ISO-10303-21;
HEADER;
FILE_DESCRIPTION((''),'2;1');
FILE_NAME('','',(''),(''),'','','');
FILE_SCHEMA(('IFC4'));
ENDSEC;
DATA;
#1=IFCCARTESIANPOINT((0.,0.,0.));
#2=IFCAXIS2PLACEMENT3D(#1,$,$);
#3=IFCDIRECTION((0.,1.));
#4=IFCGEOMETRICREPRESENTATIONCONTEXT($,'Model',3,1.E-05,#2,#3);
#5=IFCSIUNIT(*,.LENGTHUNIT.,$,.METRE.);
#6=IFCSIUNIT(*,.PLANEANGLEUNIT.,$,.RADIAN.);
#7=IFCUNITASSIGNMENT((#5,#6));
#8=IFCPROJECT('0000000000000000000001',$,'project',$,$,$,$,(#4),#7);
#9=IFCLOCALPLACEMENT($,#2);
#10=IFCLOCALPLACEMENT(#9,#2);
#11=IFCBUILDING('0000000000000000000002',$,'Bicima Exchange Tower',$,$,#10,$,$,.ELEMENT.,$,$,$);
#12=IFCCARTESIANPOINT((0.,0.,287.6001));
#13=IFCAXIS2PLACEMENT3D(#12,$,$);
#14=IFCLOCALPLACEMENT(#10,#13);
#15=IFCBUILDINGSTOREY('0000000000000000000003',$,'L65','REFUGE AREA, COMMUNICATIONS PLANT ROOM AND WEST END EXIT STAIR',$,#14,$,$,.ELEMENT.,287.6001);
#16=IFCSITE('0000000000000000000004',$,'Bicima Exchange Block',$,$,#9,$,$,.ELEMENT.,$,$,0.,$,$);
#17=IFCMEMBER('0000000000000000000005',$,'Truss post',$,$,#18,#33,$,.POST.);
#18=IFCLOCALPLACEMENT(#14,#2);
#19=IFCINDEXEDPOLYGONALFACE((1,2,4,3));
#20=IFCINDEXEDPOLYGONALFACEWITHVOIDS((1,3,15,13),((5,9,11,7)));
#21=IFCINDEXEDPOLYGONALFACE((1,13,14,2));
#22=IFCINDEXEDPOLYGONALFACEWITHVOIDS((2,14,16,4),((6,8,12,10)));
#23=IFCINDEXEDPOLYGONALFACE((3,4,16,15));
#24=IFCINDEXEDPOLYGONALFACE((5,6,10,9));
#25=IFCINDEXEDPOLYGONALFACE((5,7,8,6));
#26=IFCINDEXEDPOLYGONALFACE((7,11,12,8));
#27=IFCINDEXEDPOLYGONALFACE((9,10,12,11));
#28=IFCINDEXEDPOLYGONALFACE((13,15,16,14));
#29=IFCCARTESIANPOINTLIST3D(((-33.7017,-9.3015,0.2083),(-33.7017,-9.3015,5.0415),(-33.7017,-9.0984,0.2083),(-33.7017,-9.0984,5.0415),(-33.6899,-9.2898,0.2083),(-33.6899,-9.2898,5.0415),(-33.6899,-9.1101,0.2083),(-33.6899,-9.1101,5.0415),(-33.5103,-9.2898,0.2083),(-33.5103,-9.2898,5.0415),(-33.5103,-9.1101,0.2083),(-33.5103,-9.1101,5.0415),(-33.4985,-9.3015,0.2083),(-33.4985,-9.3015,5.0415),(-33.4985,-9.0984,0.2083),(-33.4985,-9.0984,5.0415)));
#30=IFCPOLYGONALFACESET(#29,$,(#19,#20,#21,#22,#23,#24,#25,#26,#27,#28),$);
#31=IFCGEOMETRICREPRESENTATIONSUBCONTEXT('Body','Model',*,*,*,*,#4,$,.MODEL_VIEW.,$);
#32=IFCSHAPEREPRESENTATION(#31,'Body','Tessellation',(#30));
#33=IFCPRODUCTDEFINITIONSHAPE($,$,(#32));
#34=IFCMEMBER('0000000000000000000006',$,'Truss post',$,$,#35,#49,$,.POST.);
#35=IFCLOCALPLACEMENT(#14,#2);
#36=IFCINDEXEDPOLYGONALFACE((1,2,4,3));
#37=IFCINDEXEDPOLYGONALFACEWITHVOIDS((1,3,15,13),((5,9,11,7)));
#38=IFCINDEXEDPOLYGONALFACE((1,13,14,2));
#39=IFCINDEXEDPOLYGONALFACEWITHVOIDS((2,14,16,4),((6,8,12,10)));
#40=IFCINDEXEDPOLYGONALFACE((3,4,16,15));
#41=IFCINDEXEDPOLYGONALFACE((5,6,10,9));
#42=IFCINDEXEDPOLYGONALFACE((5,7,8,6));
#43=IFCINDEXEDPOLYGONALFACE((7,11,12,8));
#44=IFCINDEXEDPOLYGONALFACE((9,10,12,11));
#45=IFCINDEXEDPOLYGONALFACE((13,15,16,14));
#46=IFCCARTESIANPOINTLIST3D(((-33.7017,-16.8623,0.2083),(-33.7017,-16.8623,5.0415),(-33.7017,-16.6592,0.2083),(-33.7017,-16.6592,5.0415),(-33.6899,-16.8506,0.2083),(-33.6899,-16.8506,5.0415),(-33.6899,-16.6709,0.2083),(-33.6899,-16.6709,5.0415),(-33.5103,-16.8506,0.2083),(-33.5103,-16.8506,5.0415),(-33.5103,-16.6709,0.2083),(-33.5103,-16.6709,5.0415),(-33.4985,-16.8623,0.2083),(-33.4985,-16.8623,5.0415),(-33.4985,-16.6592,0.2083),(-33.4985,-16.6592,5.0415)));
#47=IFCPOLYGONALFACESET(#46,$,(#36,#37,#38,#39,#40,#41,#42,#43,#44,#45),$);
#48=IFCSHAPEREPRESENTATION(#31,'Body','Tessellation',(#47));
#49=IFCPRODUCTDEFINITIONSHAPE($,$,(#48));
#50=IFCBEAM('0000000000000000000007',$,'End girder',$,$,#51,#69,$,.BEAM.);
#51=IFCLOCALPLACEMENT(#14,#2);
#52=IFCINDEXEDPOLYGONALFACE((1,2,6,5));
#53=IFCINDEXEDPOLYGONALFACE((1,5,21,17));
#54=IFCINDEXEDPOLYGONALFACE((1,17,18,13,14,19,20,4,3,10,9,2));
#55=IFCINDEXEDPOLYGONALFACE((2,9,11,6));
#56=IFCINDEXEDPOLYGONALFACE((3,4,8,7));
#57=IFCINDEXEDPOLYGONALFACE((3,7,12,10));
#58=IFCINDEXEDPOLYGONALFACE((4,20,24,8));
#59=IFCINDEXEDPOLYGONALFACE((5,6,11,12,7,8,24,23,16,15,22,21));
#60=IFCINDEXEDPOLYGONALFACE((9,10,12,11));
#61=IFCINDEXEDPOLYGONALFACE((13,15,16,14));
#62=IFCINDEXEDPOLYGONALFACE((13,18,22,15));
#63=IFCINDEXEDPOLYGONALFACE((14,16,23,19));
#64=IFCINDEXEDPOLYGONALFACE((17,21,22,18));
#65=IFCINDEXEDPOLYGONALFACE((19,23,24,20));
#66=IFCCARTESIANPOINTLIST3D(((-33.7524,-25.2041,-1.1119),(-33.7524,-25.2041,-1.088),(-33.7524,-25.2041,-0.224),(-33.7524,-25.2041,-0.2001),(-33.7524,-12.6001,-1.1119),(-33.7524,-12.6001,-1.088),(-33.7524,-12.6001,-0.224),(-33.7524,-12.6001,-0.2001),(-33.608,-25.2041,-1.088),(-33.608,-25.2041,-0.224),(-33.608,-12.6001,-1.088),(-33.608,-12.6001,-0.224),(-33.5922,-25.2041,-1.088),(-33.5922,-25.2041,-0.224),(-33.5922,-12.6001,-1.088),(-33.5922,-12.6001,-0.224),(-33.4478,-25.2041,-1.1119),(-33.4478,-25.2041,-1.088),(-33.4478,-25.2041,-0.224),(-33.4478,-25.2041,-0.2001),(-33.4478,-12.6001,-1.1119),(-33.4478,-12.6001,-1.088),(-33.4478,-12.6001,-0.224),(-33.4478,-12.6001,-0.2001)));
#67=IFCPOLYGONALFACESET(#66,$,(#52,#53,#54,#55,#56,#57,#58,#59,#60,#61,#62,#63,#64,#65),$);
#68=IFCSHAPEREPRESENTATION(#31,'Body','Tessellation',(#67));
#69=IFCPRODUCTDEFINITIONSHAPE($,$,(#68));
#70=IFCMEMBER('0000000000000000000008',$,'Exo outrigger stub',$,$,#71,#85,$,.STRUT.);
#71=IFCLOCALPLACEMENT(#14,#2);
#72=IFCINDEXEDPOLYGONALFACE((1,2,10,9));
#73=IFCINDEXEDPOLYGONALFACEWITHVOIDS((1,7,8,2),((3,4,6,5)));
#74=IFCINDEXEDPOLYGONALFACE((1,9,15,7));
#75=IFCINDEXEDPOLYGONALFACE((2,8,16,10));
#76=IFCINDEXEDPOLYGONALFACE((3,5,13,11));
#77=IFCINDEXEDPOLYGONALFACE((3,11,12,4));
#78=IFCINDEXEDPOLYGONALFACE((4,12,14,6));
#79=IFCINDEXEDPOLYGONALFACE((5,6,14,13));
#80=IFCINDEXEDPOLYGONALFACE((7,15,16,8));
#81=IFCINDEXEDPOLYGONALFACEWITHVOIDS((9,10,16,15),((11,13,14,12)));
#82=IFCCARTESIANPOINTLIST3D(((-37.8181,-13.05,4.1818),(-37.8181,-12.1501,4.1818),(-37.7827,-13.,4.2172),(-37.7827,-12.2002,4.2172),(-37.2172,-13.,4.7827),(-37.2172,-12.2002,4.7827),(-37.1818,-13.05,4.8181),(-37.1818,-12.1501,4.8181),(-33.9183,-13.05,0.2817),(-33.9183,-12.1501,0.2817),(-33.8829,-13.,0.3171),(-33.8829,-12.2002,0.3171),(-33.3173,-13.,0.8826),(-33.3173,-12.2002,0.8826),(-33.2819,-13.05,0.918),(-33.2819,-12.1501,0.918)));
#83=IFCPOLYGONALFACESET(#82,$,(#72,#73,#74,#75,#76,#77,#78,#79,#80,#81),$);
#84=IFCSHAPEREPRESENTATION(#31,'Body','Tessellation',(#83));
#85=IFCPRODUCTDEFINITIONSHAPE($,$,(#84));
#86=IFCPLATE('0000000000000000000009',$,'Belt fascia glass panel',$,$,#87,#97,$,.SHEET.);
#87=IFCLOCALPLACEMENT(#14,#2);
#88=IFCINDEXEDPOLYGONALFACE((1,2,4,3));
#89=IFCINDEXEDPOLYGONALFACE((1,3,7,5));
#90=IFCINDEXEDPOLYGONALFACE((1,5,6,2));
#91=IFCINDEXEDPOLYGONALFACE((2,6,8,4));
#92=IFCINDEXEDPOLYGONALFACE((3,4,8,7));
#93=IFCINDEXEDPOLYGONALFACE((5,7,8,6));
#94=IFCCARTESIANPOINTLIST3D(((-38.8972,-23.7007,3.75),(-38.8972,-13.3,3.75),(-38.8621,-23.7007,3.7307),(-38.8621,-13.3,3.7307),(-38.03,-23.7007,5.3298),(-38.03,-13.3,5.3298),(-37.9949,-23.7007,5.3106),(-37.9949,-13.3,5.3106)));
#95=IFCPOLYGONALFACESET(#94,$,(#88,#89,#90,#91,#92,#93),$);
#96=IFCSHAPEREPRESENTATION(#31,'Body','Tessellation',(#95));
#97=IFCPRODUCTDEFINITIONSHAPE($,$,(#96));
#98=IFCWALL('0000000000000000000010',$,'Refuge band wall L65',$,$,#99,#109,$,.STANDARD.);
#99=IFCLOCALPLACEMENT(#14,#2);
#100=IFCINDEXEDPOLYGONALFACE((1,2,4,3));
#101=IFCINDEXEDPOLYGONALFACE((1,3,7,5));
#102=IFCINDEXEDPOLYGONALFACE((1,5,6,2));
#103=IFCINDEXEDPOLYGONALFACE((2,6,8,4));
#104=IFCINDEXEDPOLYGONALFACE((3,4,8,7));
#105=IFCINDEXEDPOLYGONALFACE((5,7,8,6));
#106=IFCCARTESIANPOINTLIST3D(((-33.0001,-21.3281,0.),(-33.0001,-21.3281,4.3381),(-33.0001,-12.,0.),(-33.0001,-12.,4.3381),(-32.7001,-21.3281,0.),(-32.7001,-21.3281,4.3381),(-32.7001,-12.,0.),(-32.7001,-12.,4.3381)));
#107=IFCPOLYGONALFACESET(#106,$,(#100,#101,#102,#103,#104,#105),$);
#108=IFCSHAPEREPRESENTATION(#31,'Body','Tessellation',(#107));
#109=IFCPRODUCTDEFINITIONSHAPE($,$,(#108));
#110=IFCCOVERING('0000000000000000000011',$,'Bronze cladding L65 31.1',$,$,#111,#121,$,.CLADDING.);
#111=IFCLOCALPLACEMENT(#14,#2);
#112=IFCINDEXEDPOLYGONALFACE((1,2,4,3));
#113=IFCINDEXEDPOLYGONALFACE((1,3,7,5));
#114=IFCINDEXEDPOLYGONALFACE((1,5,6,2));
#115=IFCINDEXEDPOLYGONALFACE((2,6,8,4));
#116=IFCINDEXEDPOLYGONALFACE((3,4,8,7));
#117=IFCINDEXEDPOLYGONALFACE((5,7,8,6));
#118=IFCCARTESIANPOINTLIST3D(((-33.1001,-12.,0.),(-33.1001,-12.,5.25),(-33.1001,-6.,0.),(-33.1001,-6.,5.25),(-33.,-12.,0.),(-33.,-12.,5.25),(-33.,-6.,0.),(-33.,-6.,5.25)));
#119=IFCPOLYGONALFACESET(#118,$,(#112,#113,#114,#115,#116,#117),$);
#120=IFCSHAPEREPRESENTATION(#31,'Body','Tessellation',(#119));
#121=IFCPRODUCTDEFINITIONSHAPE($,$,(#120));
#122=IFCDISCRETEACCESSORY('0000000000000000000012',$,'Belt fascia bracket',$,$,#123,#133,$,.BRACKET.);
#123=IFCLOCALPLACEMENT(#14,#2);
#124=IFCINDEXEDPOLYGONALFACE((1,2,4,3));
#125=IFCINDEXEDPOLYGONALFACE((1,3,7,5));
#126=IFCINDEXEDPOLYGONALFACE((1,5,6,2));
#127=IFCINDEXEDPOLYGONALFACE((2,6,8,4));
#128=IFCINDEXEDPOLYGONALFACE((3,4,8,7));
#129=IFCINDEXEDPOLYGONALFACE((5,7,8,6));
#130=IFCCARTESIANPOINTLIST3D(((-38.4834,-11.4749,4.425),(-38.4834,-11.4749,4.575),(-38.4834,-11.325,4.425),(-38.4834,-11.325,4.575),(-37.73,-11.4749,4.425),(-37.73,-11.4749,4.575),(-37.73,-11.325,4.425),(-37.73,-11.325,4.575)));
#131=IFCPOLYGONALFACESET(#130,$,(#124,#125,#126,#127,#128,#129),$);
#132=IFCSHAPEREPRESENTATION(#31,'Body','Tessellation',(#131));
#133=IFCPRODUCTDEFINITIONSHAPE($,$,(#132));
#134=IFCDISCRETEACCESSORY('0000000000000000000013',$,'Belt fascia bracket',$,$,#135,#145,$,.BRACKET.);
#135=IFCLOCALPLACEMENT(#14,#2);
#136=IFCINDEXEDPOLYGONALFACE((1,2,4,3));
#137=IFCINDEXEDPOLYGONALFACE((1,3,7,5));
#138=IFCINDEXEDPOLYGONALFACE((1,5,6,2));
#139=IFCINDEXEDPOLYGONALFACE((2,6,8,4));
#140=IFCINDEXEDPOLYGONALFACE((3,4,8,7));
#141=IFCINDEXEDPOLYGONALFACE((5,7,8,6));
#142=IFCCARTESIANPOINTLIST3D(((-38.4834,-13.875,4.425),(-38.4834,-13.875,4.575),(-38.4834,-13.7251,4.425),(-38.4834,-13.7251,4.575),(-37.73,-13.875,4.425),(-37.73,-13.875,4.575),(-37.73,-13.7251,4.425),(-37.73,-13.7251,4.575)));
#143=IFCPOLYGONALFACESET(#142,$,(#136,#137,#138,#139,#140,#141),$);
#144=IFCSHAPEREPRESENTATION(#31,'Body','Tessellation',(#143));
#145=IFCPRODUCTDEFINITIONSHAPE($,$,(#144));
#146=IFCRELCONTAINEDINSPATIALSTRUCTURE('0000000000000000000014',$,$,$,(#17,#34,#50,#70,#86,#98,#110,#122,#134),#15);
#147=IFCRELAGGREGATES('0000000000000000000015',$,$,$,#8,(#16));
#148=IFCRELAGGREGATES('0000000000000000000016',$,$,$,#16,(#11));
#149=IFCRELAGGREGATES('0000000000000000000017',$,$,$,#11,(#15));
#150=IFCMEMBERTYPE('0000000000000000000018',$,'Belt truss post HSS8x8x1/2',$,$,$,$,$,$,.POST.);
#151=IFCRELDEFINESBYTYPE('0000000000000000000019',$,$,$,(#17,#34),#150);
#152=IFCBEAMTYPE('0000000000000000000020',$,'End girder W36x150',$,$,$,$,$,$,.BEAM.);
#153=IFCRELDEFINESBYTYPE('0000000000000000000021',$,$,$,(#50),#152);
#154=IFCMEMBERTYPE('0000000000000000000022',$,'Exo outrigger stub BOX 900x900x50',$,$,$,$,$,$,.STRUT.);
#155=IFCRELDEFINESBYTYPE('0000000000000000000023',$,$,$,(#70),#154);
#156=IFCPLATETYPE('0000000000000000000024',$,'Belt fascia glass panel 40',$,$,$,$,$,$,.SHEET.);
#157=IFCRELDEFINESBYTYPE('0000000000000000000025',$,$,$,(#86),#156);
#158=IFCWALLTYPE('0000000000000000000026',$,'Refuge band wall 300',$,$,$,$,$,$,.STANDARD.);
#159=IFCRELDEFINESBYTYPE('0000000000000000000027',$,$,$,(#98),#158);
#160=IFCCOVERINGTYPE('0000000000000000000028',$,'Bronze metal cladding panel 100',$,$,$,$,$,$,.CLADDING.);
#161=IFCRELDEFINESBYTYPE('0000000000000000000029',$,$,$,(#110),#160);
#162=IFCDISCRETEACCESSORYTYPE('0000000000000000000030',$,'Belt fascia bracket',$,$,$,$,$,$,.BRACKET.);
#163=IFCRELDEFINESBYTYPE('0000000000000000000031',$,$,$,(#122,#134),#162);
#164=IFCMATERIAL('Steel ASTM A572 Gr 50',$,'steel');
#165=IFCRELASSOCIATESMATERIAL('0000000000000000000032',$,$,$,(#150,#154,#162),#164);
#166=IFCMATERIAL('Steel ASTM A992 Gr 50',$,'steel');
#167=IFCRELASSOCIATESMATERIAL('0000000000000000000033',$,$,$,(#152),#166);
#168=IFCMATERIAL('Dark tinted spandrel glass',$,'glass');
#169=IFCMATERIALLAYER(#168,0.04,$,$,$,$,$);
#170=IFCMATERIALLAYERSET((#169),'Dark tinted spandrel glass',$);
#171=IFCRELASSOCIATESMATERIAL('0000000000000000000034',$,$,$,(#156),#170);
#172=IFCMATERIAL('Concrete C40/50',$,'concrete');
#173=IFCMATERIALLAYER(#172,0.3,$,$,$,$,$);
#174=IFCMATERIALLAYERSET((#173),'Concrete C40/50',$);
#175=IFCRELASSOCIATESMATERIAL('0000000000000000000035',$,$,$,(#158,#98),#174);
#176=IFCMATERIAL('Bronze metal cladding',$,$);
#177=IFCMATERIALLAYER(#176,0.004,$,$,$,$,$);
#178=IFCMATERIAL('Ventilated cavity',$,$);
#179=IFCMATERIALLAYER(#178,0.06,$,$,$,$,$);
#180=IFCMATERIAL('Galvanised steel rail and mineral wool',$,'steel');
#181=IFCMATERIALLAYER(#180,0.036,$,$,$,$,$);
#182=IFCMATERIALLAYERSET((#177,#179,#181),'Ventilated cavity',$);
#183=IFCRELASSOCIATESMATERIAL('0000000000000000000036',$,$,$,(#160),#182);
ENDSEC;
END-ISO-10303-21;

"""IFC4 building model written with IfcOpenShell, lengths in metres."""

from ifc_helpers import new_model, si_unit, direction, frame, frame_2d, origin, origin_2d, place, context, subcontext, project, spatial, polyline, rectangle, hollow_rectangle, i_section, outline, extrude, material, layer, layer_set, layer_usage, material_profile, profile_set, type_object, element, save


model = new_model("IFC4")

# Units and contexts
model_context = context("Model", 3, precision=1e-05, world=origin(), true_north=direction((0.0, 1.0)))
body_context = subcontext(model_context, "Body", "Model", "MODEL_VIEW")
ifc_project = project(units=[si_unit("LENGTHUNIT", "METRE"), si_unit("PLANEANGLEUNIT", "RADIAN")], contexts=[model_context])

# Site, building, storey
site_placement = place(None, origin())
site = spatial("IfcSite", under=ifc_project, at=site_placement, Name="Bicima Exchange Block", CompositionType="ELEMENT", RefElevation=0.0)
building_placement = place(site_placement, origin())
building = spatial("IfcBuilding", under=site, at=building_placement, Name="Bicima Exchange Tower", CompositionType="ELEMENT")
storey_placement = place(building_placement, frame((0.0, 0.0, 287.6001)))
storey = spatial("IfcBuildingStorey", under=building, at=storey_placement, Name="L65", Description="REFUGE AREA, COMMUNICATIONS PLANT ROOM AND WEST END EXIT STAIR", CompositionType="ELEMENT", Elevation=287.6001)

# Shared definitions
ifc_material_1 = material(Name="Steel ASTM A992 Gr 50", Category="steel")

# Shared definitions
ifc_material_2 = material(Name="Steel ASTM A572 Gr 50", Category="steel")

# Members
ifc_material_profile_1 = material_profile(ifc_material_2, hollow_rectangle(XDim=0.2031, YDim=0.2031, WallThickness=0.0117, at=origin_2d()))
ifc_profile_set_1 = profile_set([ifc_material_profile_1], Name="Steel ASTM A572 Gr 50")
member_type_1 = type_object("IfcMemberType", Name="Belt truss post HSS8x8x1/2", PredefinedType="POST", material=ifc_profile_set_1)
for number, where, z_axis, x_axis, name in (
    (1, (-33.6001, -9.2, 0.2083), (0.0, 0.0, 1.0), (1.0, 0.0, 0.0), "Truss post"),
    (2, (-33.6001, -16.7607, 0.2083), (0.0, 0.0, 1.0), (1.0, 0.0, 0.0), "Truss post"),
):
    element("IfcMember", number, at=place(storey_placement, frame(where, z_axis=z_axis, x_axis=x_axis)), inside=storey, type_object=member_type_1, Name=name, PredefinedType="POST", context=body_context, shape_type="SweptSolid", body=[
        extrude(hollow_rectangle(XDim=0.2031, YDim=0.2031, WallThickness=0.0117, at=origin_2d()), origin(), (0.0, 0.0, 1.0), 4.8333),
    ])

# Beam
ifc_material_profile_2 = material_profile(ifc_material_1, i_section(OverallWidth=0.3047, OverallDepth=0.9119, WebThickness=0.0159, FlangeThickness=0.0239, at=origin_2d()))
ifc_profile_set_2 = profile_set([ifc_material_profile_2], Name="Steel ASTM A992 Gr 50")
beam_type_1 = type_object("IfcBeamType", Name="End girder W36x150", PredefinedType="BEAM", material=ifc_profile_set_2)
beam_1_placement = place(storey_placement, frame((-33.6001, -12.6001, -0.656), z_axis=(0.0, -1.0, 0.0), x_axis=(1.0, 0.0, 0.0)))
element("IfcBeam", 3, at=beam_1_placement, inside=storey, type_object=beam_type_1, Name="End girder", PredefinedType="BEAM", context=body_context, shape_type="SweptSolid", body=[
    extrude(i_section(OverallWidth=0.3047, OverallDepth=0.9119, WebThickness=0.0159, FlangeThickness=0.0239, at=origin_2d()), origin(), (0.0, 0.0, 1.0), 12.604),
])

# Member
ifc_material_profile_3 = material_profile(ifc_material_2, hollow_rectangle(XDim=0.8999, YDim=0.8999, WallThickness=0.05, at=origin_2d()))
ifc_profile_set_3 = profile_set([ifc_material_profile_3], Name="Steel ASTM A572 Gr 50")
member_type_2 = type_object("IfcMemberType", Name="Exo outrigger stub BOX 900x900x50", PredefinedType="STRUT", material=ifc_profile_set_3)
member_1_placement = place(storey_placement, frame((-33.6001, -12.6001, 0.5999), z_axis=(-0.707085, 0.0, 0.707129), x_axis=(0.0, -1.0, 0.0)))
element("IfcMember", 4, at=member_1_placement, inside=storey, type_object=member_type_2, Name="Exo outrigger stub", PredefinedType="STRUT", context=body_context, shape_type="SweptSolid", body=[
    extrude(hollow_rectangle(XDim=0.8999, YDim=0.8999, WallThickness=0.05, at=origin_2d()), origin(), (0.0, 0.0, 1.0), 5.5154),
])

# Plate
ifc_material_3 = material(Name="Dark tinted spandrel glass", Category="glass")
ifc_layer_1 = layer(ifc_material_3, 0.04)
ifc_layer_set_1 = layer_set([ifc_layer_1], Name="Dark tinted spandrel glass")
plate_type = type_object("IfcPlateType", Name="Belt fascia glass panel 40", PredefinedType="SHEET", material=ifc_layer_set_1)
plate_placement = place(storey_placement, frame((-38.8972, -13.3, 3.75), z_axis=(-0.876619, 0.0, 0.481185), x_axis=(0.0, -1.0, 0.0)))
element("IfcPlate", 5, at=plate_placement, inside=storey, type_object=plate_type, Name="Belt fascia glass panel", PredefinedType="SHEET", context=body_context, shape_type="SweptSolid", body=[
    extrude(outline(polyline([(0.0, 0.0), (10.4006, 0.0), (10.4006, 1.8022), (0.0, 1.8022), (0.0, 0.0)])), origin(), (0.0, 0.0, -1.0), 0.04),
])

# Wall
ifc_material_4 = material(Name="Concrete C40/50", Category="concrete")
ifc_layer_2 = layer(ifc_material_4, 0.3)
ifc_layer_set_2 = layer_set([ifc_layer_2], Name="Concrete C40/50")
ifc_layer_usage = layer_usage(ifc_layer_set_2, "AXIS2", "POSITIVE", -0.15)
wall_type = type_object("IfcWallType", Name="Refuge band wall 300", PredefinedType="STANDARD", material=ifc_layer_set_2)
wall_placement = place(storey_placement, frame((-32.8501, -12.0, 0.0), z_axis=(0.0, 0.0, 1.0), x_axis=(0.0, -1.0, 0.0)))
element("IfcWall", 6, at=wall_placement, inside=storey, type_object=wall_type, material=ifc_layer_usage, Name="Refuge band wall L65", PredefinedType="STANDARD", context=body_context, shape_type="SweptSolid", body=[
    extrude(rectangle(XDim=9.3281, YDim=0.3, at=frame_2d((4.6641, 0.0))), origin(), (0.0, 0.0, 1.0), 4.3381),
])

# Covering
ifc_material_5 = material(Name="Bronze metal cladding")
ifc_layer_3 = layer(ifc_material_5, 0.004)
ifc_material_6 = material(Name="Ventilated cavity")
ifc_layer_4 = layer(ifc_material_6, 0.06)
ifc_material_7 = material(Name="Galvanised steel rail and mineral wool", Category="steel")
ifc_layer_5 = layer(ifc_material_7, 0.036)
ifc_layer_set_3 = layer_set([ifc_layer_3, ifc_layer_4, ifc_layer_5], Name="Ventilated cavity")
covering_type = type_object("IfcCoveringType", Name="Bronze metal cladding panel 100", PredefinedType="CLADDING", material=ifc_layer_set_3)
covering_placement = place(storey_placement, frame((-33.05, -9.0, 0.0), z_axis=(0.0, 0.0, 1.0), x_axis=(0.0, -1.0, 0.0)))
element("IfcCovering", 7, at=covering_placement, inside=storey, type_object=covering_type, Name="Bronze cladding L65 31.1", PredefinedType="CLADDING", context=body_context, shape_type="SweptSolid", body=[
    extrude(rectangle(XDim=6.0, YDim=0.1001, at=origin_2d()), origin(), (0.0, 0.0, 1.0), 5.25),
])

# Discrete accessories
discrete_accessory_type = type_object("IfcDiscreteAccessoryType", Name="Belt fascia bracket", PredefinedType="BRACKET", material=ifc_material_2)
for number, where, z_axis, x_axis, name in (
    (8, (-38.1067, -11.3999, 4.425), (0.0, 0.0, 1.0), (0.0, -1.0, 0.0), "Belt fascia bracket"),
    (9, (-38.1067, -13.8, 4.425), (0.0, 0.0, 1.0), (0.0, -1.0, 0.0), "Belt fascia bracket"),
):
    element("IfcDiscreteAccessory", number, at=place(storey_placement, frame(where, z_axis=z_axis, x_axis=x_axis)), inside=storey, type_object=discrete_accessory_type, Name=name, PredefinedType="BRACKET", context=body_context, shape_type="SweptSolid", body=[
        extrude(rectangle(XDim=0.1499, YDim=0.7534, at=origin_2d()), origin(), (0.0, 0.0, 1.0), 0.1499),
    ])

save(model, "model.ifc")
